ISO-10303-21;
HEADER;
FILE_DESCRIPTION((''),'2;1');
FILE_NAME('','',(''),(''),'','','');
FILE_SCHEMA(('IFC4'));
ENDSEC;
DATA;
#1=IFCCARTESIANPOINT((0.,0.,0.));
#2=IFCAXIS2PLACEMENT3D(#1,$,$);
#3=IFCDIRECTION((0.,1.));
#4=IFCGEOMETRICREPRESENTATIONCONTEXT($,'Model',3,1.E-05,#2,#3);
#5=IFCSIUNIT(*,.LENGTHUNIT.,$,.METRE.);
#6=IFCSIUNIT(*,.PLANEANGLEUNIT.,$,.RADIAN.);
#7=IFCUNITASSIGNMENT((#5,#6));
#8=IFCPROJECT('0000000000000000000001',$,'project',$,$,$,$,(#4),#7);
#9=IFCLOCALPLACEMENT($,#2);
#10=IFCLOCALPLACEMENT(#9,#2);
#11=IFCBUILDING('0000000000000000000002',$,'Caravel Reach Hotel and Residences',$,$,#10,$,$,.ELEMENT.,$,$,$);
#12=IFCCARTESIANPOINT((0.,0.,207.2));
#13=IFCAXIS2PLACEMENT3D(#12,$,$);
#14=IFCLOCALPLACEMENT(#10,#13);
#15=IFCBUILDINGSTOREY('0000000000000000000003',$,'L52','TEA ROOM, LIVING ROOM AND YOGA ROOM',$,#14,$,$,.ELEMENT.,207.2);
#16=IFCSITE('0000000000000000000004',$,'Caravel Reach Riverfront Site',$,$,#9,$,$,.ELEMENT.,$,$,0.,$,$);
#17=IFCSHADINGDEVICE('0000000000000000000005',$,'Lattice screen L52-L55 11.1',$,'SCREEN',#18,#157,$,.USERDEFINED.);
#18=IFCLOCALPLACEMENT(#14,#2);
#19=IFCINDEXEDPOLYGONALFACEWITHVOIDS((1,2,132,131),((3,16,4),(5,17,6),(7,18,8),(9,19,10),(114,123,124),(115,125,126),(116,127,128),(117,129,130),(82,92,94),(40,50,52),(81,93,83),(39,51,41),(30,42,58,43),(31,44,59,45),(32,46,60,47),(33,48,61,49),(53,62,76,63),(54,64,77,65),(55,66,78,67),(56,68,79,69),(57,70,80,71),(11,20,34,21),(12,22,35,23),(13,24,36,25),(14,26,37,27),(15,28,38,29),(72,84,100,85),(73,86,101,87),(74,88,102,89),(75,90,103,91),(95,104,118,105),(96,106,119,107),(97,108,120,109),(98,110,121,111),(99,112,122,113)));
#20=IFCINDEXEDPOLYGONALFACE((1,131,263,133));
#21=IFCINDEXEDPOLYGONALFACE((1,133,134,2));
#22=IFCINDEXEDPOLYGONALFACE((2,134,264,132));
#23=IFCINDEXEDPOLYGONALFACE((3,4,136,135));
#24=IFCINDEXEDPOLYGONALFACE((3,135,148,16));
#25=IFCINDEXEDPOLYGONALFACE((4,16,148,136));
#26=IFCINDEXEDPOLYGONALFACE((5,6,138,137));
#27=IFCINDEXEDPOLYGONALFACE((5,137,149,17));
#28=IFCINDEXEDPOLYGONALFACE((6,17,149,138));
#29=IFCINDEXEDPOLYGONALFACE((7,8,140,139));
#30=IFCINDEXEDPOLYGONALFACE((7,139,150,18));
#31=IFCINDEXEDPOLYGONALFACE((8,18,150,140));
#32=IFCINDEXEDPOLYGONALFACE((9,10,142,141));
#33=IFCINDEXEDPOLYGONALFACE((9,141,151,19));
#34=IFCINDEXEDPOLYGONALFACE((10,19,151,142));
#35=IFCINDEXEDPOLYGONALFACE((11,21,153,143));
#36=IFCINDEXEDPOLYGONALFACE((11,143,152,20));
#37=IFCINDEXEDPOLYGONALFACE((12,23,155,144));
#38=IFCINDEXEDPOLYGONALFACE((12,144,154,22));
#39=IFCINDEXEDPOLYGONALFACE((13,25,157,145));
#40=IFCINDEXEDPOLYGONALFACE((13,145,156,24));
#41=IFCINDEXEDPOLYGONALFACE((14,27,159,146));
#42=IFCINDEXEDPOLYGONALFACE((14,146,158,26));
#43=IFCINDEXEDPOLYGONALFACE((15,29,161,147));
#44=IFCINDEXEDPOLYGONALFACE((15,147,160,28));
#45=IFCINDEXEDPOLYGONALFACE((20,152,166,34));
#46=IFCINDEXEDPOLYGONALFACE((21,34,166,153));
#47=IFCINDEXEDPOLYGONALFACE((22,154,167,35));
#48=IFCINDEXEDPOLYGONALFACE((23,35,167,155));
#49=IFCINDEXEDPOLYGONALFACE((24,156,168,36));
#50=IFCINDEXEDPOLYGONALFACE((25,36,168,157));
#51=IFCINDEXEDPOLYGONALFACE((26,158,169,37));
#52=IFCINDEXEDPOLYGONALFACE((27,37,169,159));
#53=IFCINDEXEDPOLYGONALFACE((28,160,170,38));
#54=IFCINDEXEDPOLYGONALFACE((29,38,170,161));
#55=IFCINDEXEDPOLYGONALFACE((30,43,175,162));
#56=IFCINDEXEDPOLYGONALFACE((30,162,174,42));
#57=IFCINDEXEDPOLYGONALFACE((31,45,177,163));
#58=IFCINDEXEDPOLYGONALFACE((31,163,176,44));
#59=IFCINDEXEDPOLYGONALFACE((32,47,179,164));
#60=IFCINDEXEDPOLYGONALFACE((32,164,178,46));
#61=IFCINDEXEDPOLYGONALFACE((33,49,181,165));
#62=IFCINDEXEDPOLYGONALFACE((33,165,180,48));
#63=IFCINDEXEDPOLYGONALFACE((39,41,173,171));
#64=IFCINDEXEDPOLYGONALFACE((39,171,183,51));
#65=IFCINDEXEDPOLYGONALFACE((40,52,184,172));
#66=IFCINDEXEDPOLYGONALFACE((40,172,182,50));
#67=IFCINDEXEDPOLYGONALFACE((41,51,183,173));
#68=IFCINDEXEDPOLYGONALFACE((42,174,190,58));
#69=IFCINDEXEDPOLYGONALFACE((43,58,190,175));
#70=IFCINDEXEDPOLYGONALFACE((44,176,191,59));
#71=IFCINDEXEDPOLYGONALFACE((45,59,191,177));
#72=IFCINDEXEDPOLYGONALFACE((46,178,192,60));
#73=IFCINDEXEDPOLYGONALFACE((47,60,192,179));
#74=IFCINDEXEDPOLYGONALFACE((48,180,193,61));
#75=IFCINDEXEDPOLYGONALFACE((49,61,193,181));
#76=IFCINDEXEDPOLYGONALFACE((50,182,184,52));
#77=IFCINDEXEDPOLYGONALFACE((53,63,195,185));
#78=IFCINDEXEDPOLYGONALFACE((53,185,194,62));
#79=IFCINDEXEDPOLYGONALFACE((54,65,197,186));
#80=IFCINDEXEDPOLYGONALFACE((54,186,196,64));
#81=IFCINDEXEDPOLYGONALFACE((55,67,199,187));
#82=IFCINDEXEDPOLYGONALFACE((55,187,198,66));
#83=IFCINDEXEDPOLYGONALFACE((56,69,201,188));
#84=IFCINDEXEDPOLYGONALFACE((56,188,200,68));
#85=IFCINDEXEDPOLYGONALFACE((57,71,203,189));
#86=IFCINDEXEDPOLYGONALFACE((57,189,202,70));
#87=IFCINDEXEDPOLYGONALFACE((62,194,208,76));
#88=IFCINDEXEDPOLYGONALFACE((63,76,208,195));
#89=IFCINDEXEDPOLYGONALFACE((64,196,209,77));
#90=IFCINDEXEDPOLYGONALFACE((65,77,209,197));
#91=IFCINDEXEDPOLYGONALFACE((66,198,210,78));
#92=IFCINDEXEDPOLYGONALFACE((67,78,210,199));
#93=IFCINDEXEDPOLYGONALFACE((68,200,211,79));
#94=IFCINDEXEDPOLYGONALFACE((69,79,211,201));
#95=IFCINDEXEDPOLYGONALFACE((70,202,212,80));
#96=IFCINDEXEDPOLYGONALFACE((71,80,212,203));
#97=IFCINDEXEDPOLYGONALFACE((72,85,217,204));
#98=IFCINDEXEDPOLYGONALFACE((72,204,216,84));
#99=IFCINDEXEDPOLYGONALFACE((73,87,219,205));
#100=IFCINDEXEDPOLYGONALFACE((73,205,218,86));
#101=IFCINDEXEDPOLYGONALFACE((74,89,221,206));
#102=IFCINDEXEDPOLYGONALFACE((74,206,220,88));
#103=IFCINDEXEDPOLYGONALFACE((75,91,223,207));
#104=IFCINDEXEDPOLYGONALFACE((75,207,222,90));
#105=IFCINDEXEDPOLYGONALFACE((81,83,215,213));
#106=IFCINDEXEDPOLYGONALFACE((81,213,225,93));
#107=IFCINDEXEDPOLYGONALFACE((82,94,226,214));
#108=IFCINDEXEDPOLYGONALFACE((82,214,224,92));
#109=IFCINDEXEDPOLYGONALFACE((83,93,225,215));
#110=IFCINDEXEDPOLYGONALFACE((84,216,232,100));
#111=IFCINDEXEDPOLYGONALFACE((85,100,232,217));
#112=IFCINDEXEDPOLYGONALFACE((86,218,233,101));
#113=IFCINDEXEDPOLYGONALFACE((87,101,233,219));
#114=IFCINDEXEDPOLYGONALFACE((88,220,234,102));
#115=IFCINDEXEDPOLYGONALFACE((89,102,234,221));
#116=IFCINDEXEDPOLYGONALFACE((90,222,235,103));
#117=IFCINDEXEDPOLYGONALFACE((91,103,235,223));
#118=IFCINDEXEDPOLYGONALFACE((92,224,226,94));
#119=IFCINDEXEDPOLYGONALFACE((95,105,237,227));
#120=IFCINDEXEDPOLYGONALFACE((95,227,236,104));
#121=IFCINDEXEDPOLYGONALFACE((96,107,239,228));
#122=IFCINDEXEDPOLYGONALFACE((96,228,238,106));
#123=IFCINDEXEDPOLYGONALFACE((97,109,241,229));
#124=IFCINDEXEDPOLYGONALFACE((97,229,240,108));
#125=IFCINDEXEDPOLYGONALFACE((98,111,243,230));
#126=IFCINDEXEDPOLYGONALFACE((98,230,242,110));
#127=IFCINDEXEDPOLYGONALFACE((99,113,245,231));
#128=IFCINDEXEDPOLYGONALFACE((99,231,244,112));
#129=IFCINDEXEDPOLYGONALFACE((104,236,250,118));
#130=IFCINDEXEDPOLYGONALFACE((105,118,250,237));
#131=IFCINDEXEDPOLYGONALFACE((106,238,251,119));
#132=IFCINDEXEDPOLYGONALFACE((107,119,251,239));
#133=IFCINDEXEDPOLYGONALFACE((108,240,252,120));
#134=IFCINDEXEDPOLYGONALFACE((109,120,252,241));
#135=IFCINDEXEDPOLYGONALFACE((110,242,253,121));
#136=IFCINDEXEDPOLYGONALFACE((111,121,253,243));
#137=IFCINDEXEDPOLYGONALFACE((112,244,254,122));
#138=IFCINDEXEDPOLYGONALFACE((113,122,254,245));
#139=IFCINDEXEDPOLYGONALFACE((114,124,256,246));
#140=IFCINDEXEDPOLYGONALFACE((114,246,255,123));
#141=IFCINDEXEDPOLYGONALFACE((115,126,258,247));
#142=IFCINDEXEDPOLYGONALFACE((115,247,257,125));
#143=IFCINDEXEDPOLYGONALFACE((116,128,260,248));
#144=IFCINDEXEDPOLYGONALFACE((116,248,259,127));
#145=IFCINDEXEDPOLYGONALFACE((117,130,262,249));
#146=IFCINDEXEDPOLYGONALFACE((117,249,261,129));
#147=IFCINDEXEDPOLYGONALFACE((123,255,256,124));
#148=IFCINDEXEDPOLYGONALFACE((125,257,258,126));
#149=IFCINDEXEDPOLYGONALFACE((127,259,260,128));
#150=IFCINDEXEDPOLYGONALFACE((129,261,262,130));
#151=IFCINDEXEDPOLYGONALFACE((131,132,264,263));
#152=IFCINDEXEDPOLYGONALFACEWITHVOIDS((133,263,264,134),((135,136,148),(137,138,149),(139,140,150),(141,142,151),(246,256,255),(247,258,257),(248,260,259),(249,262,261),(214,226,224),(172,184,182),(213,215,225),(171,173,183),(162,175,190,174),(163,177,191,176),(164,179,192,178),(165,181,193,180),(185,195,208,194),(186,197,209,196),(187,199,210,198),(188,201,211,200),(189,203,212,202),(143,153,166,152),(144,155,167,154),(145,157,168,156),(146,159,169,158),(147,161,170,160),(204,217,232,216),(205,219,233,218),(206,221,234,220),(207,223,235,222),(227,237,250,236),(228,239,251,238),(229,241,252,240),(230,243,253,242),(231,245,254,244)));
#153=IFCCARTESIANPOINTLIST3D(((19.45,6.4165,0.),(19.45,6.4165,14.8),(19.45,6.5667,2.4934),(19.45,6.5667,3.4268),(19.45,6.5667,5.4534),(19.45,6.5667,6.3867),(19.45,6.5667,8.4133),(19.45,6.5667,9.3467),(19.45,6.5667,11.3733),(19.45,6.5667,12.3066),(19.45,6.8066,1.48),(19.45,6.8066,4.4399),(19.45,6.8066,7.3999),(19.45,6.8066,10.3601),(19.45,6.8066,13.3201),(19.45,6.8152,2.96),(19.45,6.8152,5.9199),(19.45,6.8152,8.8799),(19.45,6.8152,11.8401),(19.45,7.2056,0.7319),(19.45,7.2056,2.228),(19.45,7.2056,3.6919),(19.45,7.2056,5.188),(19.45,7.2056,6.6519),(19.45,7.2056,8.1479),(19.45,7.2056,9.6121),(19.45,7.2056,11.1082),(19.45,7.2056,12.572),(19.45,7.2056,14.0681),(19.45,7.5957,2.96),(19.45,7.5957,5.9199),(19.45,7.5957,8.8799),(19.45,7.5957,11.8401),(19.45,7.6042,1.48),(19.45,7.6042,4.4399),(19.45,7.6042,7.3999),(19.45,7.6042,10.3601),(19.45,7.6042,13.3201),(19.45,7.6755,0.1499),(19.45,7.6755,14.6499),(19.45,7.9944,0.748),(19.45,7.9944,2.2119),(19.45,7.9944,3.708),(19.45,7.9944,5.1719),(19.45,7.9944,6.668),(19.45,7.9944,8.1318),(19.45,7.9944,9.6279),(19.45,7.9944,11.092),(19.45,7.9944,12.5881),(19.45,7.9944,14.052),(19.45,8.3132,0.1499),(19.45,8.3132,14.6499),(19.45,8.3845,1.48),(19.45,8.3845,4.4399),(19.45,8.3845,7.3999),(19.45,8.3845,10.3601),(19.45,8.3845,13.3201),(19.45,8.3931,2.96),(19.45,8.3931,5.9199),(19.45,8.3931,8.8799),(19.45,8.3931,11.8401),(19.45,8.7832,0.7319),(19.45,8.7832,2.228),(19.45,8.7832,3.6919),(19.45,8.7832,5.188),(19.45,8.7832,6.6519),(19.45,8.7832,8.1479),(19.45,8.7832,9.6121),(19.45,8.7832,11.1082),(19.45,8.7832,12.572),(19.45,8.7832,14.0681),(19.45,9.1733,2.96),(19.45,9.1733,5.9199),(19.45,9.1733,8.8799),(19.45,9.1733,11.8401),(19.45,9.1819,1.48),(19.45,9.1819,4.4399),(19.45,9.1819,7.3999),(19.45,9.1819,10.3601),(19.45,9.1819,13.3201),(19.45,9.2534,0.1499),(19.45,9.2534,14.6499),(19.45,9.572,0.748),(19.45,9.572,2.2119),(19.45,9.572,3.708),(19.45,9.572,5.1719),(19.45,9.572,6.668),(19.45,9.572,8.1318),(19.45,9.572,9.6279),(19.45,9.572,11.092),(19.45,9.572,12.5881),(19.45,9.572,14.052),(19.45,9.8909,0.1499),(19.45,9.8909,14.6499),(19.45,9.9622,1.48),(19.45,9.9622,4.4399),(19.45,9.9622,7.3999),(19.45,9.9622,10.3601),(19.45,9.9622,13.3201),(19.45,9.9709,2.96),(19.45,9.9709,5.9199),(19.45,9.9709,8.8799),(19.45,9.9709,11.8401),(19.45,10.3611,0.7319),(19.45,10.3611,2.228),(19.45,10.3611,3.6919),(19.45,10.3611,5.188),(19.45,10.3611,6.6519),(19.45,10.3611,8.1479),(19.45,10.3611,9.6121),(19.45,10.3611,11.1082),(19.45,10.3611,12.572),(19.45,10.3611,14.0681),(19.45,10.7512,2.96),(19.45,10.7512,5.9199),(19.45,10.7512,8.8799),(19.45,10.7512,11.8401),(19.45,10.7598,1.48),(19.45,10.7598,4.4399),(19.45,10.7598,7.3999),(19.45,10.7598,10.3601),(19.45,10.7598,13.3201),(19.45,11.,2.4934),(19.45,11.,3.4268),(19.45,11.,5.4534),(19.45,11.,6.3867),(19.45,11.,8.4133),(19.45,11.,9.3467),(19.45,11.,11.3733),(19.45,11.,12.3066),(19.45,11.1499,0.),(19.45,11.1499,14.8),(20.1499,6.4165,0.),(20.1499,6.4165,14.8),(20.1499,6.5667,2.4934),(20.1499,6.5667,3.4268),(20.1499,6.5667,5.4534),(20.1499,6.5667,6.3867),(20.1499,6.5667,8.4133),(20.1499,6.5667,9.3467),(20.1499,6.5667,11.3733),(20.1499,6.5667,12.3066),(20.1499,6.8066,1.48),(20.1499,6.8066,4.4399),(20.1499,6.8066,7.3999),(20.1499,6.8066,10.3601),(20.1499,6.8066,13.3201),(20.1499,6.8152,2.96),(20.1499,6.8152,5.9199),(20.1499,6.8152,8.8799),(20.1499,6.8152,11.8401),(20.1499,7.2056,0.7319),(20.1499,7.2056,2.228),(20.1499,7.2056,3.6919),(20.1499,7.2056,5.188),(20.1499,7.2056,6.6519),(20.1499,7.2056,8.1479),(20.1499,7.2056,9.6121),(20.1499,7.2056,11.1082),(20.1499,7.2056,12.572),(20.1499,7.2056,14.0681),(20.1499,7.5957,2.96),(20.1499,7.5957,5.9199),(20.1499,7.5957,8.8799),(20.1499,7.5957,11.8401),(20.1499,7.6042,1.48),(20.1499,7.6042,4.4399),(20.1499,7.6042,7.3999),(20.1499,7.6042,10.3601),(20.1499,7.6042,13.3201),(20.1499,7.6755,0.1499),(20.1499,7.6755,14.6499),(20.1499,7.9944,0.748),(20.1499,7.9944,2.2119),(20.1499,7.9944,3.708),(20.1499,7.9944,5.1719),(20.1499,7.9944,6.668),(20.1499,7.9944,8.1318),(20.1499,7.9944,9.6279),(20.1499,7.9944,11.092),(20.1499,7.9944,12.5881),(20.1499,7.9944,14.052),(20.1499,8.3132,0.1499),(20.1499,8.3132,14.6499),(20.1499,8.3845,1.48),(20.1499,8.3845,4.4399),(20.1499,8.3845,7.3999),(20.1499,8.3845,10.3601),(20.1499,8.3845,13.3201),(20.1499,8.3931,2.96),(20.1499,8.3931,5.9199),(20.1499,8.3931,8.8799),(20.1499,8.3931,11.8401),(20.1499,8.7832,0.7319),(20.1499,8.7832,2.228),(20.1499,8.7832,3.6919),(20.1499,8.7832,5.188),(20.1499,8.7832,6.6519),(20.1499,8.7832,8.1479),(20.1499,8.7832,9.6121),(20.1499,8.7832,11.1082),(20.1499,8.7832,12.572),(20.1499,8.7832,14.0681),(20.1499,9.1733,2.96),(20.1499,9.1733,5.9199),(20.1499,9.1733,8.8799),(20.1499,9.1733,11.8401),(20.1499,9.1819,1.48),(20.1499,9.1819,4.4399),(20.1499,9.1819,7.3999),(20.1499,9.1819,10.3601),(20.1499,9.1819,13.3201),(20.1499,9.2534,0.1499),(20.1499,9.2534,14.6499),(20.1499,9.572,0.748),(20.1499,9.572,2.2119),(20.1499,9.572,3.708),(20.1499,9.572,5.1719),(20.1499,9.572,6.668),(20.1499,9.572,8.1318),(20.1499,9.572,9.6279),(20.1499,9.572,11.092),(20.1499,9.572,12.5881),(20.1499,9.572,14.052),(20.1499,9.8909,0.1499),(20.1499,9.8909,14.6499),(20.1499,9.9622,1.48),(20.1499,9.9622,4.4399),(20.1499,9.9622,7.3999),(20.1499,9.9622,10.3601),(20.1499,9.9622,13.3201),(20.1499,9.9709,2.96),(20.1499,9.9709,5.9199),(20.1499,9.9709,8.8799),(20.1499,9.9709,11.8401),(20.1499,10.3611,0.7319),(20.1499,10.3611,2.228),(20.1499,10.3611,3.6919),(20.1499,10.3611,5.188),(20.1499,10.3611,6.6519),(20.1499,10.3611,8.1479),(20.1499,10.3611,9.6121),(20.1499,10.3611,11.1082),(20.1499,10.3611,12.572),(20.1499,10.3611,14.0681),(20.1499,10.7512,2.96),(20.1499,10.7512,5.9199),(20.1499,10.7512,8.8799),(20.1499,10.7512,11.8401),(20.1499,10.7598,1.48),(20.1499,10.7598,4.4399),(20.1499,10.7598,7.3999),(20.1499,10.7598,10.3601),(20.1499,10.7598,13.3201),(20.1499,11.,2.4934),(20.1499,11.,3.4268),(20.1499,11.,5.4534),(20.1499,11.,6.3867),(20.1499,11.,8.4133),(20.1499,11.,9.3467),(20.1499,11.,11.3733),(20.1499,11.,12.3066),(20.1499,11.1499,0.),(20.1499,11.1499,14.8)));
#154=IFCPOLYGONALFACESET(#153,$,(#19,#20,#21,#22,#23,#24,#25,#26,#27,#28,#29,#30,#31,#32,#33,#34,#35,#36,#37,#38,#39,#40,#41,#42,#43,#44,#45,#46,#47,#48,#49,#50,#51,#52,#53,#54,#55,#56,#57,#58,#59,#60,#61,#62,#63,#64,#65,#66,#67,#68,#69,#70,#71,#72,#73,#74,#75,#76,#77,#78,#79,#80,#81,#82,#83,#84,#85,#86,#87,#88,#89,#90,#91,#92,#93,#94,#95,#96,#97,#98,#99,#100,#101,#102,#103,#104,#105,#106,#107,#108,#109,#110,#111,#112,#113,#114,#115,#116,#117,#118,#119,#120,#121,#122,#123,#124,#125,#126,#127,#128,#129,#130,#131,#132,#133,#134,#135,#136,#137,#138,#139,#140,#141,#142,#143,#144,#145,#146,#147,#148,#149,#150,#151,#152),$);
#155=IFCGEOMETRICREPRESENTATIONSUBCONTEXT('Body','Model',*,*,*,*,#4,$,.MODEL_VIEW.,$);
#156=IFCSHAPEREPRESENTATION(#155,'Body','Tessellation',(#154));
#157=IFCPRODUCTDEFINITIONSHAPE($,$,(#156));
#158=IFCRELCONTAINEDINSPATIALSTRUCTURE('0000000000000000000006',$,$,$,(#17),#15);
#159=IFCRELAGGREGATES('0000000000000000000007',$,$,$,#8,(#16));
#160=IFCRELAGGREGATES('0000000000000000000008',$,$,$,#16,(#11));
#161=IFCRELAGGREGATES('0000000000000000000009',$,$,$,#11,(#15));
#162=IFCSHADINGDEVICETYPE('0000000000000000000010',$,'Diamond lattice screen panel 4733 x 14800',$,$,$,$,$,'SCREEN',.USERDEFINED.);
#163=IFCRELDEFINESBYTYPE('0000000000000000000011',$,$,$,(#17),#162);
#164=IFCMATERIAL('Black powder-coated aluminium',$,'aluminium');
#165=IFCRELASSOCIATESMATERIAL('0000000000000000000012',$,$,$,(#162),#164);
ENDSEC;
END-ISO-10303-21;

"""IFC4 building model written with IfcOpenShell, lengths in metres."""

from ifc_helpers import new_model, si_unit, direction, frame, origin, place, context, subcontext, project, spatial, polyline, outline, extrude, material, type_object, element, save


model = new_model("IFC4")

# Units and contexts
model_context = context("Model", 3, precision=1e-05, world=origin(), true_north=direction((0.0, 1.0)))
body_context = subcontext(model_context, "Body", "Model", "MODEL_VIEW")
ifc_project = project(units=[si_unit("LENGTHUNIT", "METRE"), si_unit("PLANEANGLEUNIT", "RADIAN")], contexts=[model_context])

# Site, building, storey
site_placement = place(None, origin())
site = spatial("IfcSite", under=ifc_project, at=site_placement, Name="Caravel Reach Riverfront Site", CompositionType="ELEMENT", RefElevation=0.0)
building_placement = place(site_placement, origin())
building = spatial("IfcBuilding", under=site, at=building_placement, Name="Caravel Reach Hotel and Residences", CompositionType="ELEMENT")
storey_placement = place(building_placement, frame((0.0, 0.0, 207.2)))
storey = spatial("IfcBuildingStorey", under=building, at=storey_placement, Name="L52", Description="TEA ROOM, LIVING ROOM AND YOGA ROOM", CompositionType="ELEMENT", Elevation=207.2)

# Shading device
ifc_material_1 = material(Name="Black powder-coated aluminium", Category="aluminium")
shading_device_type_1 = type_object("IfcShadingDeviceType", Name="Diamond lattice screen panel 4733 x 14800", ElementType="SCREEN", PredefinedType="USERDEFINED", material=ifc_material_1)
shading_device_1_placement = place(storey_placement, frame((20.1499, 11.1499, 0.0), z_axis=(-1.0, 0.0, 0.0), x_axis=(0.0, -1.0, 0.0)))
element("IfcShadingDevice", 1, at=shading_device_1_placement, inside=storey, type_object=shading_device_type_1, Name="Lattice screen L52-L55 11.1", ObjectType="SCREEN", PredefinedType="USERDEFINED", context=body_context, shape_type="SweptSolid", body=[
    extrude(outline(polyline([(0.0, 0.0), (4.7334, 0.0), (4.7334, 14.8), (0.0, 14.8), (0.0, 0.0)]), holes=[polyline([(0.3987, 2.96), (0.1499, 3.4268), (0.1499, 2.4934), (0.3987, 2.96)]), polyline([(0.3987, 5.9199), (0.1499, 6.3867), (0.1499, 5.4534), (0.3987, 5.9199)]), polyline([(0.3987, 8.8799), (0.1499, 9.3467), (0.1499, 8.4133), (0.3987, 8.8799)]), polyline([(0.3987, 11.8401), (0.1499, 12.3066), (0.1499, 11.3733), (0.3987, 11.8401)]), polyline([(0.7888, 2.228), (0.3901, 1.48), (0.7888, 0.7319), (1.1877, 1.48), (0.7888, 2.228)]), polyline([(0.7888, 5.188), (0.3901, 4.4399), (0.7888, 3.6919), (1.1877, 4.4399), (0.7888, 5.188)]), polyline([(0.7888, 8.1479), (0.3901, 7.3999), (0.7888, 6.6519), (1.1877, 7.3999), (0.7888, 8.1479)]), polyline([(0.7888, 11.1082), (0.3901, 10.3601), (0.7888, 9.6121), (1.1877, 10.3601), (0.7888, 11.1082)]), polyline([(0.7888, 14.0681), (0.3901, 13.3201), (0.7888, 12.572), (1.1877, 13.3201), (0.7888, 14.0681)]), polyline([(1.5779, 0.748), (1.259, 0.1499), (1.8965, 0.1499), (1.5779, 0.748)]), polyline([(1.5779, 3.708), (1.179, 2.96), (1.5779, 2.2119), (1.9766, 2.96), (1.5779, 3.708)]), polyline([(1.5779, 6.668), (1.179, 5.9199), (1.5779, 5.1719), (1.9766, 5.9199), (1.5779, 6.668)]), polyline([(1.5779, 9.6279), (1.179, 8.8799), (1.5779, 8.1318), (1.9766, 8.8799), (1.5779, 9.6279)]), polyline([(1.5779, 12.5881), (1.179, 11.8401), (1.5779, 11.092), (1.9766, 11.8401), (1.5779, 12.5881)]), polyline([(1.5779, 14.052), (1.8965, 14.6499), (1.259, 14.6499), (1.5779, 14.052)]), polyline([(2.3667, 2.228), (1.968, 1.48), (2.3667, 0.7319), (2.7654, 1.48), (2.3667, 2.228)]), polyline([(2.3667, 5.188), (1.968, 4.4399), (2.3667, 3.6919), (2.7654, 4.4399), (2.3667, 5.188)]), polyline([(2.3667, 8.1479), (1.968, 7.3999), (2.3667, 6.6519), (2.7654, 7.3999), (2.3667, 8.1479)]), polyline([(2.3667, 11.1082), (1.968, 10.3601), (2.3667, 9.6121), (2.7654, 10.3601), (2.3667, 11.1082)]), polyline([(2.3667, 14.0681), (1.968, 13.3201), (2.3667, 12.572), (2.7654, 13.3201), (2.3667, 14.0681)]), polyline([(3.1555, 0.748), (2.8367, 0.1499), (3.4744, 0.1499), (3.1555, 0.748)]), polyline([(3.1555, 3.708), (2.7568, 2.96), (3.1555, 2.2119), (3.5542, 2.96), (3.1555, 3.708)]), polyline([(3.1555, 6.668), (2.7568, 5.9199), (3.1555, 5.1719), (3.5542, 5.9199), (3.1555, 6.668)]), polyline([(3.1555, 9.6279), (2.7568, 8.8799), (3.1555, 8.1318), (3.5542, 8.8799), (3.1555, 9.6279)]), polyline([(3.1555, 12.5881), (2.7568, 11.8401), (3.1555, 11.092), (3.5542, 11.8401), (3.1555, 12.5881)]), polyline([(3.1555, 14.052), (3.4744, 14.6499), (2.8367, 14.6499), (3.1555, 14.052)]), polyline([(3.9443, 2.228), (3.5457, 1.48), (3.9443, 0.7319), (4.3433, 1.48), (3.9443, 2.228)]), polyline([(3.9443, 5.188), (3.5457, 4.4399), (3.9443, 3.6919), (4.3433, 4.4399), (3.9443, 5.188)]), polyline([(3.9443, 8.1479), (3.5457, 7.3999), (3.9443, 6.6519), (4.3433, 7.3999), (3.9443, 8.1479)]), polyline([(3.9443, 11.1082), (3.5457, 10.3601), (3.9443, 9.6121), (4.3433, 10.3601), (3.9443, 11.1082)]), polyline([(3.9443, 14.0681), (3.5457, 13.3201), (3.9443, 12.572), (4.3433, 13.3201), (3.9443, 14.0681)]), polyline([(4.3347, 2.96), (4.5833, 2.4934), (4.5833, 3.4268), (4.3347, 2.96)]), polyline([(4.3347, 5.9199), (4.5833, 5.4534), (4.5833, 6.3867), (4.3347, 5.9199)]), polyline([(4.3347, 8.8799), (4.5833, 8.4133), (4.5833, 9.3467), (4.3347, 8.8799)]), polyline([(4.3347, 11.8401), (4.5833, 11.3733), (4.5833, 12.3066), (4.3347, 11.8401)])]), origin(), (0.0, 0.0, 1.0), 0.7),
])

save(model, "model.ifc")
